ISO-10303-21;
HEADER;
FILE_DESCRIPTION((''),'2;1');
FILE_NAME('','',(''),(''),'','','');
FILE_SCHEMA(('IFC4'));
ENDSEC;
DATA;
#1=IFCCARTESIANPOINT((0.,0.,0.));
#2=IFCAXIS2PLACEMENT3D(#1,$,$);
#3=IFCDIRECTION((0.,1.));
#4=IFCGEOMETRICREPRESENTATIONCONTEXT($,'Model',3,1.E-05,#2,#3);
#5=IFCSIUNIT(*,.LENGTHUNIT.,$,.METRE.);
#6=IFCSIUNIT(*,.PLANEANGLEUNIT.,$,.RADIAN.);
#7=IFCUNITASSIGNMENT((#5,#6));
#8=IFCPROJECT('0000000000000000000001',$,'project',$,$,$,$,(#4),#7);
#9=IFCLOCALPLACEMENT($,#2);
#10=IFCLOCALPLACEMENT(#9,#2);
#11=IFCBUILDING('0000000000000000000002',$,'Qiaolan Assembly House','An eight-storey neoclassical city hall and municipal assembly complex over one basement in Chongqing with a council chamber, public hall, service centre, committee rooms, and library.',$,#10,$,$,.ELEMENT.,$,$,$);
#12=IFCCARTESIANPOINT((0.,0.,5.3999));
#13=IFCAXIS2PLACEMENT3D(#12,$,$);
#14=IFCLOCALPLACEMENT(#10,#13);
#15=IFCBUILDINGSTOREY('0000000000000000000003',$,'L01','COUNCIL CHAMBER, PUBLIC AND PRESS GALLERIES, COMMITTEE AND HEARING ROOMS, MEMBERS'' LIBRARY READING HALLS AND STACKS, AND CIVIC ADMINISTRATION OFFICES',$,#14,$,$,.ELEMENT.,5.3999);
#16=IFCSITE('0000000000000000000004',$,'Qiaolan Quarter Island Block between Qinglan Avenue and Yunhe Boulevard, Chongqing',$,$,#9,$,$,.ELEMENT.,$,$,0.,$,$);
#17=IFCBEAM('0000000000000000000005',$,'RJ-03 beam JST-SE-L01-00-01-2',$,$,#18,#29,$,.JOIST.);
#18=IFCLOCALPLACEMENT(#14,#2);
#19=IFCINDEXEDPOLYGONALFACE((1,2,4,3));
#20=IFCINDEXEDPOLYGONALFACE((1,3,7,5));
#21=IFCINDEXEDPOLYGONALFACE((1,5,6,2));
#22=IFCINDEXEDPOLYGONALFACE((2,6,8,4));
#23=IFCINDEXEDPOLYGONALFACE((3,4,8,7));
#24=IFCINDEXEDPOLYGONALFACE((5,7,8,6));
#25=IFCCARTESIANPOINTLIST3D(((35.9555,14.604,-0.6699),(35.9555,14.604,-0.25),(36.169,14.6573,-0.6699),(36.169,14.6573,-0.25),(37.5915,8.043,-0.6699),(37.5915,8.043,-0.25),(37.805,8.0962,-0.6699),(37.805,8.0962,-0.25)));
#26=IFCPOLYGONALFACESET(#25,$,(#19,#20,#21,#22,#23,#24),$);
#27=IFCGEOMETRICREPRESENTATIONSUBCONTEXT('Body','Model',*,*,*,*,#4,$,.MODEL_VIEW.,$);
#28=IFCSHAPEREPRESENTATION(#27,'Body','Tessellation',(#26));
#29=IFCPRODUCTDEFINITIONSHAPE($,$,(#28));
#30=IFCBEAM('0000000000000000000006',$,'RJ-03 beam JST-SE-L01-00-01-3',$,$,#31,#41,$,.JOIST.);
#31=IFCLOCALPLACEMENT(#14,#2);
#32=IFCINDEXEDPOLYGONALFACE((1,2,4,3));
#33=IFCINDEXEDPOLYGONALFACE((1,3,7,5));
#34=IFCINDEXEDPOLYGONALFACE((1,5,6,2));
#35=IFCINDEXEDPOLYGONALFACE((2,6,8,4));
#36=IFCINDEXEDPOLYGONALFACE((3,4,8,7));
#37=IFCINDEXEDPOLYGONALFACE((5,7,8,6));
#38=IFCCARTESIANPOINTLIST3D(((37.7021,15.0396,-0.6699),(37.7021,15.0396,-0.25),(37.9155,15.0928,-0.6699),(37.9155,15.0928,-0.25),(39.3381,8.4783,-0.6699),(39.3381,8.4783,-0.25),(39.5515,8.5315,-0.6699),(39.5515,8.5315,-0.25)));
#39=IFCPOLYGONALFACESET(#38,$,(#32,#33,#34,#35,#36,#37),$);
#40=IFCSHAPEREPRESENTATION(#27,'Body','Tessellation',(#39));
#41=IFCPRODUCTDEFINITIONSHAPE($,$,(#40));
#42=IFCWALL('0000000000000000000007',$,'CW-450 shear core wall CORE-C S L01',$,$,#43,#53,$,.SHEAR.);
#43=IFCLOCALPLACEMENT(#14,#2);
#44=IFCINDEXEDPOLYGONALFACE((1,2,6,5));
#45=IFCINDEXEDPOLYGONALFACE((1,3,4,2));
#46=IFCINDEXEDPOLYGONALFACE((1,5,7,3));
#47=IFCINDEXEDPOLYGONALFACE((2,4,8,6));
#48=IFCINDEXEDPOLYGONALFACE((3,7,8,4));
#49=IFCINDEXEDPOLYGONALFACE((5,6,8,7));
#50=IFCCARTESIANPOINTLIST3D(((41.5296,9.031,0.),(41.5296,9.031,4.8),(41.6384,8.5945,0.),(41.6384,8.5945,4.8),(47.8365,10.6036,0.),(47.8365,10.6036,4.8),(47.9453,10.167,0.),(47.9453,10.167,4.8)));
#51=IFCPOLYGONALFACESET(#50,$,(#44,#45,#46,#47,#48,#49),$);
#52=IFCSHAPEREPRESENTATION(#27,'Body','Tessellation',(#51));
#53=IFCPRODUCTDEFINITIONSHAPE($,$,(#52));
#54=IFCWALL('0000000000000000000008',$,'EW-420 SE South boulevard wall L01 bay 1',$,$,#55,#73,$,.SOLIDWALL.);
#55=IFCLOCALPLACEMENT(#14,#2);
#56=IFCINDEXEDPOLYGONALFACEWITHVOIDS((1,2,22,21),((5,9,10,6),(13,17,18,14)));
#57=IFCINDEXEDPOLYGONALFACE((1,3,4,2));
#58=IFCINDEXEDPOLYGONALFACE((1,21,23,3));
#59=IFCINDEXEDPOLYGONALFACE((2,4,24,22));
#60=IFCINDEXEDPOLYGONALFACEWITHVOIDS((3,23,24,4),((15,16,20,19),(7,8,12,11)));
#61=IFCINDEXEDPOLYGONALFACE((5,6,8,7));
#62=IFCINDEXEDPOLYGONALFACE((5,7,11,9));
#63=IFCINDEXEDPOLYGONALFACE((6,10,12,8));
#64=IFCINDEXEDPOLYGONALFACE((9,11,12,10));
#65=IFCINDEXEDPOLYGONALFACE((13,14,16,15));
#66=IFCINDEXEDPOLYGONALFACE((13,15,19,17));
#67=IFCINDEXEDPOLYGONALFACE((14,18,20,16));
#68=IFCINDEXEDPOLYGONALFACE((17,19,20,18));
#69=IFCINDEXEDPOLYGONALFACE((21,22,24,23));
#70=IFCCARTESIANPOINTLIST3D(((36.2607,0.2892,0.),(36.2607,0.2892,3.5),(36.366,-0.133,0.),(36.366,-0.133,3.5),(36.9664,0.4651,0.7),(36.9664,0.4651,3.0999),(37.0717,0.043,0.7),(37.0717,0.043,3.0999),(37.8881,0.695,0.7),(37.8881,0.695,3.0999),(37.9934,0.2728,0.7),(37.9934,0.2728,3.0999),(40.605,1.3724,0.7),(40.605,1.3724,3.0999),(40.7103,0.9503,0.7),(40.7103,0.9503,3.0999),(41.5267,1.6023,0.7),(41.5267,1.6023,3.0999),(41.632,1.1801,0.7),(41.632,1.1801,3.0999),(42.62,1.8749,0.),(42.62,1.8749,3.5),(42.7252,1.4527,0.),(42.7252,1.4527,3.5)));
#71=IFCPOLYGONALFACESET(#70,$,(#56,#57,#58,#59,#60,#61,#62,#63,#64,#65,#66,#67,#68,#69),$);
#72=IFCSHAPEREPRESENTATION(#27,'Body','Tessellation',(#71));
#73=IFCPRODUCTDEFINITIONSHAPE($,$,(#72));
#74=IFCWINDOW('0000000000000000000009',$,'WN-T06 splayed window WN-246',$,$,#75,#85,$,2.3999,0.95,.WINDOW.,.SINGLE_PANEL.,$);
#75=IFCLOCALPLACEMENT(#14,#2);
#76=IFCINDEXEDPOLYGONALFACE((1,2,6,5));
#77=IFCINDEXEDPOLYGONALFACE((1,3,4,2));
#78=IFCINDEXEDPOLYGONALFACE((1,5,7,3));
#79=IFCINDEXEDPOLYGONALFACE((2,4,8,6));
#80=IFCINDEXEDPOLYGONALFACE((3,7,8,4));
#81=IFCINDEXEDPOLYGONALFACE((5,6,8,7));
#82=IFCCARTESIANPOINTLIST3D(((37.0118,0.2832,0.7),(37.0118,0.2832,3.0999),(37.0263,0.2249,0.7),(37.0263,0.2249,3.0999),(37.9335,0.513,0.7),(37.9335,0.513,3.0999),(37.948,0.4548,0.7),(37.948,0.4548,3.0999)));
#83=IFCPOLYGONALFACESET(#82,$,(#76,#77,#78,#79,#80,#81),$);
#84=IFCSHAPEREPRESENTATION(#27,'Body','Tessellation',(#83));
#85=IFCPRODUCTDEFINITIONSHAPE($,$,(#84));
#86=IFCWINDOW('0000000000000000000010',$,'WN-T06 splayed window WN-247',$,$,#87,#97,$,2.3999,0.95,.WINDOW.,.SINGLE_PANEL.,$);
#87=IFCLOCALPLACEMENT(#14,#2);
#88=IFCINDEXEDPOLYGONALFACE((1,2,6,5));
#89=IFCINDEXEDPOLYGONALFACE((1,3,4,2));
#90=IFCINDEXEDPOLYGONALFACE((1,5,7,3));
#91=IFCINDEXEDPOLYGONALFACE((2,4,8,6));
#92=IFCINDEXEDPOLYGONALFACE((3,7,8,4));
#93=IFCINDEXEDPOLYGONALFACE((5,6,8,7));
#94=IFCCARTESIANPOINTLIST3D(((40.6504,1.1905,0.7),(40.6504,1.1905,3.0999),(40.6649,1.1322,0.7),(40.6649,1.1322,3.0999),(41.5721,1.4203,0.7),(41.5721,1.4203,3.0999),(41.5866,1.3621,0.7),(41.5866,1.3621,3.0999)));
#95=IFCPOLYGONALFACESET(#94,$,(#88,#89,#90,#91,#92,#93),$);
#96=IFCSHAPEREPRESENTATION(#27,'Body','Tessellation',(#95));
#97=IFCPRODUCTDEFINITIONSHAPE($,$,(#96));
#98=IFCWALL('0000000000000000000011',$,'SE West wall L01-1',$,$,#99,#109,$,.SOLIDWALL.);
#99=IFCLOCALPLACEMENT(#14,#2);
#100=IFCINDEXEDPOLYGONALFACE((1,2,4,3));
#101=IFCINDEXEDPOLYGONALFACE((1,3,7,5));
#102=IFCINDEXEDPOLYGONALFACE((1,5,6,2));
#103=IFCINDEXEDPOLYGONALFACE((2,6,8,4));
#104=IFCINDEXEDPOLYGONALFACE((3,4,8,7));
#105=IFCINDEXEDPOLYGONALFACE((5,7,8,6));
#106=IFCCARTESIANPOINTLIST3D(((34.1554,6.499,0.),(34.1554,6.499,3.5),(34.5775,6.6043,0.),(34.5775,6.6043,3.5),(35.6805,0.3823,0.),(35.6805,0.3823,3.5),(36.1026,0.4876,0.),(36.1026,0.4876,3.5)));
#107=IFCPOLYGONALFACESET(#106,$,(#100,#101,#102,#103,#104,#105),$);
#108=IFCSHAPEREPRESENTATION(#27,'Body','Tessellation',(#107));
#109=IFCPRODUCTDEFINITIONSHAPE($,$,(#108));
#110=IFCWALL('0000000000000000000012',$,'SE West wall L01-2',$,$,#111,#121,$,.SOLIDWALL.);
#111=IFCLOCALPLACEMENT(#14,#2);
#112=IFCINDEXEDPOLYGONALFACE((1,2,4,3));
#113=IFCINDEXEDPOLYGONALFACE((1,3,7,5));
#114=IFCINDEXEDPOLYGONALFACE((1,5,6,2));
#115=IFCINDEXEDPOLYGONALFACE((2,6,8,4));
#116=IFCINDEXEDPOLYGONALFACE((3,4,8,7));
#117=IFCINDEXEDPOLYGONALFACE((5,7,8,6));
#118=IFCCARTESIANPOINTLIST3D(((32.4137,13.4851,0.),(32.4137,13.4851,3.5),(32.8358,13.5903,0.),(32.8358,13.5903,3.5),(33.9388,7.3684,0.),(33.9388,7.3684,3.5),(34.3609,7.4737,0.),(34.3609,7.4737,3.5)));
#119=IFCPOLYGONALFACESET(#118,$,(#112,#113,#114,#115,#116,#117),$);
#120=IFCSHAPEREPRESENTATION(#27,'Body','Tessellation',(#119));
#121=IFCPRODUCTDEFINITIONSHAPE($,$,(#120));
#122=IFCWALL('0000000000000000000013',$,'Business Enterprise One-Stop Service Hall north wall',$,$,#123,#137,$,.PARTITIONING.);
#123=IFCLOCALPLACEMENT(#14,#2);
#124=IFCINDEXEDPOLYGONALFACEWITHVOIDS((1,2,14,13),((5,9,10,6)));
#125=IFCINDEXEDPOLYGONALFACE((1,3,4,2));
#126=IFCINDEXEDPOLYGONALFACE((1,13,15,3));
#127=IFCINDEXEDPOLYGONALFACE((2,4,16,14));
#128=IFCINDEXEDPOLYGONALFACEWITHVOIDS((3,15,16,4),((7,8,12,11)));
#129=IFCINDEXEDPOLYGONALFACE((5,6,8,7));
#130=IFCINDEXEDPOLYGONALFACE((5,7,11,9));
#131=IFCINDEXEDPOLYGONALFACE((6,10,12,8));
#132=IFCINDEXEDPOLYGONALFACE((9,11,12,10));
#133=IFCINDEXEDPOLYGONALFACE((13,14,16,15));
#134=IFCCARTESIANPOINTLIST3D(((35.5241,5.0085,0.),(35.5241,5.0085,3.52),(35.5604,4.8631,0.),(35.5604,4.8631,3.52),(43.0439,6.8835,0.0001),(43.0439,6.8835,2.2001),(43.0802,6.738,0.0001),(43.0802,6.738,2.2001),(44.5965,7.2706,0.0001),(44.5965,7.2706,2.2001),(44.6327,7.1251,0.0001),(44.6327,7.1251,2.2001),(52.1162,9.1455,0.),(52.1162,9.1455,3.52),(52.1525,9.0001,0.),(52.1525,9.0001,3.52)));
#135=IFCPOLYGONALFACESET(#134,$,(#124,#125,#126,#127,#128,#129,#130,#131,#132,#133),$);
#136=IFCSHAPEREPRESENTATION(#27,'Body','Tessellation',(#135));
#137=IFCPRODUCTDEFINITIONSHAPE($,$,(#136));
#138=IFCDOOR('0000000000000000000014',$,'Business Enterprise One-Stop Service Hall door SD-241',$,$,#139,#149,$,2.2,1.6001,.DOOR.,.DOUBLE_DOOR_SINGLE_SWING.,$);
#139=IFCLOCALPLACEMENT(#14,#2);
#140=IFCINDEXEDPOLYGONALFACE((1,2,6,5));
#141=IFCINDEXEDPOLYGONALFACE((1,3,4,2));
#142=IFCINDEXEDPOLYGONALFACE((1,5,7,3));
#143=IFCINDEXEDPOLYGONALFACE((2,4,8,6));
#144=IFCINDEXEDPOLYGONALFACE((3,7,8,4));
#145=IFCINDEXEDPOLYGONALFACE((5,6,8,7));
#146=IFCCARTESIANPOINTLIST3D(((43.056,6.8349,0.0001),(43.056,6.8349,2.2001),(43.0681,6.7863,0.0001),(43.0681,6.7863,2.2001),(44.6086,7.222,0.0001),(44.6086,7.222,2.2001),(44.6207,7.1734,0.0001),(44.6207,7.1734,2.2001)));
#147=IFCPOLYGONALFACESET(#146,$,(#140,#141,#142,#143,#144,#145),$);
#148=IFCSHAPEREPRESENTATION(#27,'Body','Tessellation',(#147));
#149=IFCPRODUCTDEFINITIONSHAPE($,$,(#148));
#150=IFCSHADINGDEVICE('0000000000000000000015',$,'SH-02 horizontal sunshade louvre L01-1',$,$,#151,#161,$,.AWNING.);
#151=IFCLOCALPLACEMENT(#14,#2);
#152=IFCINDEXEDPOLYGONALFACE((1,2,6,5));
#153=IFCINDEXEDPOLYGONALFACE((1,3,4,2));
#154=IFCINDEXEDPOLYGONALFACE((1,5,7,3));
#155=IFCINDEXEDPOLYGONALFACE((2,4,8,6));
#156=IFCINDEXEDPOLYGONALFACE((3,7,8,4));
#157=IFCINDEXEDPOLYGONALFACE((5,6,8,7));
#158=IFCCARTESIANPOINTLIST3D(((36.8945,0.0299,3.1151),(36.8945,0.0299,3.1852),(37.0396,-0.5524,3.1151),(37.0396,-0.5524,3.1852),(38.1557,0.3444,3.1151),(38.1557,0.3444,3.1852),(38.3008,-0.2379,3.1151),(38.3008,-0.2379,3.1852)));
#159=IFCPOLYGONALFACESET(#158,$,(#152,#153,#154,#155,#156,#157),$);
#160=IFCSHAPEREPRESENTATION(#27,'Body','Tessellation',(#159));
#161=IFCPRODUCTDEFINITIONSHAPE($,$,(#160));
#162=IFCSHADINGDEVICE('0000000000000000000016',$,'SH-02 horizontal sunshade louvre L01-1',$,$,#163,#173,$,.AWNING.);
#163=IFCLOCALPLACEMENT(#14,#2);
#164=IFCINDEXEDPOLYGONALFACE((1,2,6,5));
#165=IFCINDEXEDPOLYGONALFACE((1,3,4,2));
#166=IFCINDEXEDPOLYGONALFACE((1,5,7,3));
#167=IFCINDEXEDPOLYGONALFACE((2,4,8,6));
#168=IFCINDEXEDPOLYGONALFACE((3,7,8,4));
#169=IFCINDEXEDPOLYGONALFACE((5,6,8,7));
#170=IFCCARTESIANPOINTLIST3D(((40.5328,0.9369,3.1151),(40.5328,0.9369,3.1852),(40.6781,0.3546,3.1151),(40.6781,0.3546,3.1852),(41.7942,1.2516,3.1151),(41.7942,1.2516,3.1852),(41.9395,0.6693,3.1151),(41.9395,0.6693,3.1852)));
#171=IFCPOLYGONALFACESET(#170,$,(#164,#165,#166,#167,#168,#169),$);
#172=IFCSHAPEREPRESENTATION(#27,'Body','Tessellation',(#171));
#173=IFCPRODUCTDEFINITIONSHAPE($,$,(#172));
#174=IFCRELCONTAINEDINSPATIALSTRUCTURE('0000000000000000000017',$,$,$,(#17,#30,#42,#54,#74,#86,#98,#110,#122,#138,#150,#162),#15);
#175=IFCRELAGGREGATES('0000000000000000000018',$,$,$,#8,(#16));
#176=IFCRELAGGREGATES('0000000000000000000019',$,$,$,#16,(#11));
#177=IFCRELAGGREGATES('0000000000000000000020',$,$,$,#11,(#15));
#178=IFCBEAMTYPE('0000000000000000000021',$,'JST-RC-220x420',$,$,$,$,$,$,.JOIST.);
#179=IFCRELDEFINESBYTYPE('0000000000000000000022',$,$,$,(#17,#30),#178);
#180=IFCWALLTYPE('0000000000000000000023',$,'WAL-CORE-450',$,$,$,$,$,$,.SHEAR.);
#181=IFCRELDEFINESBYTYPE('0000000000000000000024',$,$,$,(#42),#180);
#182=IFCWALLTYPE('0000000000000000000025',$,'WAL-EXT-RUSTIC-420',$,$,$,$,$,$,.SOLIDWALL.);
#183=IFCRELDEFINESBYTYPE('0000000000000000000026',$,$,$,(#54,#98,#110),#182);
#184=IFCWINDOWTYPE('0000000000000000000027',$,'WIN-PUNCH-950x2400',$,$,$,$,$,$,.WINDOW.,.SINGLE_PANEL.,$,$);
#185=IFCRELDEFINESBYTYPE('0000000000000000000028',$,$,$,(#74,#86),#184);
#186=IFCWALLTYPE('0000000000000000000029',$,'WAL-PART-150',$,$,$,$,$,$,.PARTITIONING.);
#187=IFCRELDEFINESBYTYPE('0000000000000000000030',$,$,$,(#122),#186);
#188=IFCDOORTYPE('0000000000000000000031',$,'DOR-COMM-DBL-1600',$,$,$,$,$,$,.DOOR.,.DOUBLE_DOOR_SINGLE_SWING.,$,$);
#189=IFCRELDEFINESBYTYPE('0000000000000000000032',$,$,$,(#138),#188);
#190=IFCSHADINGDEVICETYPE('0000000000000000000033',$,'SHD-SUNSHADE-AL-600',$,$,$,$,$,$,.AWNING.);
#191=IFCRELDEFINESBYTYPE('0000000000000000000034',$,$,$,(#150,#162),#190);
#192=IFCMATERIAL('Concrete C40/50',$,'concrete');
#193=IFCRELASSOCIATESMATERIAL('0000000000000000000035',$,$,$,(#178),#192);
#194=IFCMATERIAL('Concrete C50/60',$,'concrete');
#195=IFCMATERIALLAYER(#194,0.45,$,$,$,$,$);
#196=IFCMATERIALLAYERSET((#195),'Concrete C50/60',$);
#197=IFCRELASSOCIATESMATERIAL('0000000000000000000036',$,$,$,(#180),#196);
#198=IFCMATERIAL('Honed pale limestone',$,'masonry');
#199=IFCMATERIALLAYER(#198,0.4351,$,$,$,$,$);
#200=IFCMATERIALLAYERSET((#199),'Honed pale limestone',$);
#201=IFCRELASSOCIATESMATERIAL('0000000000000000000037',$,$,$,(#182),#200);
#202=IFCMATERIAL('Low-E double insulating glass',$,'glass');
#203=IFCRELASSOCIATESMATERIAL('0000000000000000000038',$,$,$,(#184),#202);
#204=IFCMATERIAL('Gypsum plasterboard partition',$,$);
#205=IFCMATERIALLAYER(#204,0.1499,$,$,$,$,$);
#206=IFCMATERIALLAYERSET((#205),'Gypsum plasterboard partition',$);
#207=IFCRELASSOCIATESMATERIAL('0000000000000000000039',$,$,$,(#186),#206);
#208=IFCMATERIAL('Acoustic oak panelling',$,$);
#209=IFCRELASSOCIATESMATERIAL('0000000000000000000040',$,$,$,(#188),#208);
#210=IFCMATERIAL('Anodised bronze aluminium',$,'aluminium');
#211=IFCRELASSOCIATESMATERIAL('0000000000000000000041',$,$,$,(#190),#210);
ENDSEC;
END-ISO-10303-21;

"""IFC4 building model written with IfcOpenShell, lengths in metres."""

from ifc_helpers import new_model, si_unit, direction, frame, frame_2d, origin, origin_2d, place, context, subcontext, project, spatial, rectangle, extrude, material, layer, layer_set, material_profile, profile_set, type_object, element, fill, save


model = new_model("IFC4")

# Units and contexts
model_context = context("Model", 3, precision=1e-05, world=origin(), true_north=direction((0.0, 1.0)))
body_context = subcontext(model_context, "Body", "Model", "MODEL_VIEW")
ifc_project = project(units=[si_unit("LENGTHUNIT", "METRE"), si_unit("PLANEANGLEUNIT", "RADIAN")], contexts=[model_context])

# Site, building, storey
site_placement = place(None, origin())
site = spatial("IfcSite", under=ifc_project, at=site_placement, Name="Qiaolan Quarter Island Block between Qinglan Avenue and Yunhe Boulevard, Chongqing", CompositionType="ELEMENT", RefElevation=0.0)
building_placement = place(site_placement, origin())
building = spatial("IfcBuilding", under=site, at=building_placement, Name="Qiaolan Assembly House", Description="An eight-storey neoclassical city hall and municipal assembly complex over one basement in Chongqing with a council chamber, public hall, service centre, committee rooms, and library.", CompositionType="ELEMENT")
storey_placement = place(building_placement, frame((0.0, 0.0, 5.3999)))
storey = spatial("IfcBuildingStorey", under=building, at=storey_placement, Name="L01", Description="COUNCIL CHAMBER, PUBLIC AND PRESS GALLERIES, COMMITTEE AND HEARING ROOMS, MEMBERS' LIBRARY READING HALLS AND STACKS, AND CIVIC ADMINISTRATION OFFICES", CompositionType="ELEMENT", Elevation=5.3999)

# Shared definitions
ifc_material_1 = material(Name="Concrete C50/60", Category="concrete")

# Beams
ifc_material_2 = material(Name="Concrete C40/50", Category="concrete")
ifc_material_profile_1 = material_profile(ifc_material_2, rectangle(XDim=0.22, YDim=0.4199, at=origin_2d()), Name="RCB 220x420")
ifc_profile_set_1 = profile_set([ifc_material_profile_1], Name="Concrete C40/50")
beam_type_1 = type_object("IfcBeamType", Name="JST-RC-220x420", PredefinedType="JOIST", material=ifc_profile_set_1)
beam_1_placement = place(storey_placement, frame((37.6982, 8.0696, -0.46), z_axis=(-0.241941, 0.970291, 0.0), x_axis=(-0.970291, -0.241941, 0.0)))
element("IfcBeam", 1, at=beam_1_placement, inside=storey, type_object=beam_type_1, Name="RJ-03 beam JST-SE-L01-00-01-2", PredefinedType="JOIST", context=body_context, shape_type="SweptSolid", body=[
    extrude(rectangle(XDim=0.22, YDim=0.4199, at=origin_2d()), origin(), (0.0, 0.0, 1.0), 6.762),
])
beam_2_placement = place(storey_placement, frame((39.4448, 8.5049, -0.46), z_axis=(-0.241932, 0.970293, 0.0), x_axis=(-0.970293, -0.241932, 0.0)))
element("IfcBeam", 2, at=beam_2_placement, inside=storey, type_object=beam_type_1, Name="RJ-03 beam JST-SE-L01-00-01-3", PredefinedType="JOIST", context=body_context, shape_type="SweptSolid", body=[
    extrude(rectangle(XDim=0.22, YDim=0.4199, at=origin_2d()), origin(), (0.0, 0.0, 1.0), 6.7622),
])

# Wall
ifc_layer_1 = layer(ifc_material_1, 0.45)
ifc_layer_set_1 = layer_set([ifc_layer_1], Name="Concrete C50/60")
wall_type_1 = type_object("IfcWallType", Name="WAL-CORE-450", PredefinedType="SHEAR", material=ifc_layer_set_1)
wall_1_placement = place(storey_placement, frame((41.584, 8.8127, 0.0), z_axis=(0.0, 0.0, 1.0), x_axis=(0.970295, 0.241926, 0.0)))
element("IfcWall", 3, at=wall_1_placement, inside=storey, type_object=wall_type_1, Name="CW-450 shear core wall CORE-C S L01", PredefinedType="SHEAR", context=body_context, shape_type="SweptSolid", body=[
    extrude(rectangle(XDim=6.5, YDim=0.45, at=frame_2d((3.25, 0.0))), origin(), (0.0, 0.0, 1.0), 4.8),
])

# Wall, openings, windows
ifc_material_3 = material(Name="Honed pale limestone", Category="masonry")
ifc_layer_2 = layer(ifc_material_3, 0.4351)
ifc_layer_set_2 = layer_set([ifc_layer_2], Name="Honed pale limestone")
wall_type_2 = type_object("IfcWallType", Name="WAL-EXT-RUSTIC-420", PredefinedType="SOLIDWALL", material=ifc_layer_set_2)
wall_2_placement = place(storey_placement, frame((36.3135, 0.0781, 0.0), z_axis=(0.0, 0.0, 1.0), x_axis=(0.970289, 0.241948, 0.0)))
wall_2 = element("IfcWall", 4, at=wall_2_placement, inside=storey, type_object=wall_type_2, Name="EW-420 SE South boulevard wall L01 bay 1", PredefinedType="SOLIDWALL", context=body_context, shape_type="SweptSolid", body=[
    extrude(rectangle(XDim=6.554, YDim=0.4351, at=frame_2d((3.2769, 0.0))), origin(), (0.0, 0.0, 1.0), 3.5),
])
opening_1_placement = place(wall_2_placement, frame((0.7271, 0.0, 0.7)))
opening_1 = element("IfcOpeningElement", 5, at=opening_1_placement, cuts=wall_2, PredefinedType="OPENING", context=body_context, shape_type="SweptSolid", body=[
    extrude(rectangle(XDim=0.95, YDim=2.3999, at=frame_2d((0.4751, 1.2))), frame((0.0, 0.2275, 0.0), z_axis=(0.0, -1.0, 0.0), x_axis=(1.0, 0.0, 0.0)), (0.0, 0.0, 1.0), 0.4551),
])
opening_2_placement = place(wall_2_placement, frame((4.4771, 0.0, 0.7)))
opening_2 = element("IfcOpeningElement", 6, at=opening_2_placement, cuts=wall_2, PredefinedType="OPENING", context=body_context, shape_type="SweptSolid", body=[
    extrude(rectangle(XDim=0.95, YDim=2.3999, at=frame_2d((0.4751, 1.2))), frame((0.0, 0.2275, 0.0), z_axis=(0.0, -1.0, 0.0), x_axis=(1.0, 0.0, 0.0)), (0.0, 0.0, 1.0), 0.4551),
])
ifc_material_4 = material(Name="Low-E double insulating glass", Category="glass")
window_type = type_object("IfcWindowType", Name="WIN-PUNCH-950x2400", PartitioningType="SINGLE_PANEL", PredefinedType="WINDOW", material=ifc_material_4)
window_1_placement = place(opening_1_placement, origin())
window_1 = element("IfcWindow", 7, at=window_1_placement, inside=storey, type_object=window_type, Name="WN-T06 splayed window WN-246", OverallHeight=2.3999, OverallWidth=0.95, PartitioningType="SINGLE_PANEL", PredefinedType="WINDOW", context=body_context, shape_type="SweptSolid", body=[
    extrude(rectangle(XDim=0.95, YDim=2.3999, at=frame_2d((0.4751, 1.2))), frame((0.0, 0.03, 0.0), z_axis=(0.0, -1.0, 0.0), x_axis=(1.0, 0.0, 0.0)), (0.0, 0.0, 1.0), 0.0601),
])
fill(opening_1, window_1)
window_2_placement = place(opening_2_placement, origin())
window_2 = element("IfcWindow", 8, at=window_2_placement, inside=storey, type_object=window_type, Name="WN-T06 splayed window WN-247", OverallHeight=2.3999, OverallWidth=0.95, PartitioningType="SINGLE_PANEL", PredefinedType="WINDOW", context=body_context, shape_type="SweptSolid", body=[
    extrude(rectangle(XDim=0.95, YDim=2.3999, at=frame_2d((0.4751, 1.2))), frame((0.0, 0.03, 0.0), z_axis=(0.0, -1.0, 0.0), x_axis=(1.0, 0.0, 0.0)), (0.0, 0.0, 1.0), 0.0601),
])
fill(opening_2, window_2)

# Walls
for number, where, z_axis, x_axis, name in (
    (9, (34.3665, 6.5515, 0.0), (0.0, 0.0, 1.0), (0.241934, -0.970293, 0.0), "SE West wall L01-1"),
    (10, (32.6248, 13.5376, 0.0), (0.0, 0.0, 1.0), (0.241934, -0.970293, 0.0), "SE West wall L01-2"),
):
    element("IfcWall", number, at=place(storey_placement, frame(where, z_axis=z_axis, x_axis=x_axis)), inside=storey, type_object=wall_type_2, Name=name, PredefinedType="SOLIDWALL", context=body_context, shape_type="SweptSolid", body=[
        extrude(rectangle(XDim=6.304, YDim=0.4351, at=frame_2d((3.1519, 0.0))), origin(), (0.0, 0.0, 1.0), 3.5),
    ])

# Wall, opening, door
ifc_material_5 = material(Name="Gypsum plasterboard partition")
ifc_layer_3 = layer(ifc_material_5, 0.1499)
ifc_layer_set_3 = layer_set([ifc_layer_3], Name="Gypsum plasterboard partition")
wall_type_3 = type_object("IfcWallType", Name="WAL-PART-150", PredefinedType="PARTITIONING", material=ifc_layer_set_3)
wall_3_placement = place(storey_placement, frame((35.5422, 4.9358, 0.0), z_axis=(0.0, 0.0, 1.0), x_axis=(0.970294, 0.241928, 0.0)))
wall_3 = element("IfcWall", 11, at=wall_3_placement, inside=storey, type_object=wall_type_3, Name="Business Enterprise One-Stop Service Hall north wall", PredefinedType="PARTITIONING", context=body_context, shape_type="SweptSolid", body=[
    extrude(rectangle(XDim=17.1001, YDim=0.1499, at=frame_2d((8.55, 0.0))), origin(), (0.0, 0.0, 1.0), 3.52),
])
opening_3_placement = place(wall_3_placement, frame((7.75, 0.0, 0.0)))
opening_3 = element("IfcOpeningElement", 12, at=opening_3_placement, cuts=wall_3, PredefinedType="OPENING", context=body_context, shape_type="SweptSolid", body=[
    extrude(rectangle(XDim=1.6001, YDim=2.2, at=frame_2d((0.8, 1.1001))), frame((0.0, 0.085, 0.0), z_axis=(0.0, -1.0, 0.0), x_axis=(1.0, 0.0, 0.0)), (0.0, 0.0, 1.0), 0.1699),
])
ifc_material_6 = material(Name="Acoustic oak panelling")
door_type = type_object("IfcDoorType", Name="DOR-COMM-DBL-1600", OperationType="DOUBLE_DOOR_SINGLE_SWING", PredefinedType="DOOR", material=ifc_material_6)
door_placement = place(opening_3_placement, origin())
door = element("IfcDoor", 13, at=door_placement, inside=storey, type_object=door_type, Name="Business Enterprise One-Stop Service Hall door SD-241", OperationType="DOUBLE_DOOR_SINGLE_SWING", OverallHeight=2.2, OverallWidth=1.6001, PredefinedType="DOOR", context=body_context, shape_type="SweptSolid", body=[
    extrude(rectangle(XDim=1.6001, YDim=2.2, at=frame_2d((0.8, 1.1001))), frame((0.0, 0.0249, 0.0), z_axis=(0.0, -1.0, 0.0), x_axis=(1.0, 0.0, 0.0)), (0.0, 0.0, 1.0), 0.05),
])
fill(opening_3, door)

# Shading devices
ifc_material_7 = material(Name="Anodised bronze aluminium", Category="aluminium")
ifc_material_profile_2 = material_profile(ifc_material_7, rectangle(XDim=0.6001, YDim=0.0701, at=origin_2d()), Name="SHD 600x70")
ifc_profile_set_2 = profile_set([ifc_material_profile_2], Name="Anodised bronze aluminium")
shading_device_type = type_object("IfcShadingDeviceType", Name="SHD-SUNSHADE-AL-600", PredefinedType="AWNING", material=ifc_profile_set_2)
shading_device_1_placement = place(storey_placement, frame((36.967, -0.2612, 3.1501), z_axis=(0.970297, 0.241917, 0.0), x_axis=(-0.241917, 0.970297, 0.0)))
element("IfcShadingDevice", 14, at=shading_device_1_placement, inside=storey, type_object=shading_device_type, Name="SH-02 horizontal sunshade louvre L01-1", PredefinedType="AWNING", context=body_context, shape_type="SweptSolid", body=[
    extrude(rectangle(XDim=0.6001, YDim=0.0701, at=origin_2d()), origin(), (0.0, 0.0, 1.0), 1.2998),
])
shading_device_2_placement = place(storey_placement, frame((40.6055, 0.6458, 3.1501), z_axis=(0.970264, 0.24205, 0.0), x_axis=(-0.24205, 0.970264, 0.0)))
element("IfcShadingDevice", 15, at=shading_device_2_placement, inside=storey, type_object=shading_device_type, Name="SH-02 horizontal sunshade louvre L01-1", PredefinedType="AWNING", context=body_context, shape_type="SweptSolid", body=[
    extrude(rectangle(XDim=0.6001, YDim=0.0701, at=origin_2d()), origin(), (0.0, 0.0, 1.0), 1.3),
])

save(model, "model.ifc")
